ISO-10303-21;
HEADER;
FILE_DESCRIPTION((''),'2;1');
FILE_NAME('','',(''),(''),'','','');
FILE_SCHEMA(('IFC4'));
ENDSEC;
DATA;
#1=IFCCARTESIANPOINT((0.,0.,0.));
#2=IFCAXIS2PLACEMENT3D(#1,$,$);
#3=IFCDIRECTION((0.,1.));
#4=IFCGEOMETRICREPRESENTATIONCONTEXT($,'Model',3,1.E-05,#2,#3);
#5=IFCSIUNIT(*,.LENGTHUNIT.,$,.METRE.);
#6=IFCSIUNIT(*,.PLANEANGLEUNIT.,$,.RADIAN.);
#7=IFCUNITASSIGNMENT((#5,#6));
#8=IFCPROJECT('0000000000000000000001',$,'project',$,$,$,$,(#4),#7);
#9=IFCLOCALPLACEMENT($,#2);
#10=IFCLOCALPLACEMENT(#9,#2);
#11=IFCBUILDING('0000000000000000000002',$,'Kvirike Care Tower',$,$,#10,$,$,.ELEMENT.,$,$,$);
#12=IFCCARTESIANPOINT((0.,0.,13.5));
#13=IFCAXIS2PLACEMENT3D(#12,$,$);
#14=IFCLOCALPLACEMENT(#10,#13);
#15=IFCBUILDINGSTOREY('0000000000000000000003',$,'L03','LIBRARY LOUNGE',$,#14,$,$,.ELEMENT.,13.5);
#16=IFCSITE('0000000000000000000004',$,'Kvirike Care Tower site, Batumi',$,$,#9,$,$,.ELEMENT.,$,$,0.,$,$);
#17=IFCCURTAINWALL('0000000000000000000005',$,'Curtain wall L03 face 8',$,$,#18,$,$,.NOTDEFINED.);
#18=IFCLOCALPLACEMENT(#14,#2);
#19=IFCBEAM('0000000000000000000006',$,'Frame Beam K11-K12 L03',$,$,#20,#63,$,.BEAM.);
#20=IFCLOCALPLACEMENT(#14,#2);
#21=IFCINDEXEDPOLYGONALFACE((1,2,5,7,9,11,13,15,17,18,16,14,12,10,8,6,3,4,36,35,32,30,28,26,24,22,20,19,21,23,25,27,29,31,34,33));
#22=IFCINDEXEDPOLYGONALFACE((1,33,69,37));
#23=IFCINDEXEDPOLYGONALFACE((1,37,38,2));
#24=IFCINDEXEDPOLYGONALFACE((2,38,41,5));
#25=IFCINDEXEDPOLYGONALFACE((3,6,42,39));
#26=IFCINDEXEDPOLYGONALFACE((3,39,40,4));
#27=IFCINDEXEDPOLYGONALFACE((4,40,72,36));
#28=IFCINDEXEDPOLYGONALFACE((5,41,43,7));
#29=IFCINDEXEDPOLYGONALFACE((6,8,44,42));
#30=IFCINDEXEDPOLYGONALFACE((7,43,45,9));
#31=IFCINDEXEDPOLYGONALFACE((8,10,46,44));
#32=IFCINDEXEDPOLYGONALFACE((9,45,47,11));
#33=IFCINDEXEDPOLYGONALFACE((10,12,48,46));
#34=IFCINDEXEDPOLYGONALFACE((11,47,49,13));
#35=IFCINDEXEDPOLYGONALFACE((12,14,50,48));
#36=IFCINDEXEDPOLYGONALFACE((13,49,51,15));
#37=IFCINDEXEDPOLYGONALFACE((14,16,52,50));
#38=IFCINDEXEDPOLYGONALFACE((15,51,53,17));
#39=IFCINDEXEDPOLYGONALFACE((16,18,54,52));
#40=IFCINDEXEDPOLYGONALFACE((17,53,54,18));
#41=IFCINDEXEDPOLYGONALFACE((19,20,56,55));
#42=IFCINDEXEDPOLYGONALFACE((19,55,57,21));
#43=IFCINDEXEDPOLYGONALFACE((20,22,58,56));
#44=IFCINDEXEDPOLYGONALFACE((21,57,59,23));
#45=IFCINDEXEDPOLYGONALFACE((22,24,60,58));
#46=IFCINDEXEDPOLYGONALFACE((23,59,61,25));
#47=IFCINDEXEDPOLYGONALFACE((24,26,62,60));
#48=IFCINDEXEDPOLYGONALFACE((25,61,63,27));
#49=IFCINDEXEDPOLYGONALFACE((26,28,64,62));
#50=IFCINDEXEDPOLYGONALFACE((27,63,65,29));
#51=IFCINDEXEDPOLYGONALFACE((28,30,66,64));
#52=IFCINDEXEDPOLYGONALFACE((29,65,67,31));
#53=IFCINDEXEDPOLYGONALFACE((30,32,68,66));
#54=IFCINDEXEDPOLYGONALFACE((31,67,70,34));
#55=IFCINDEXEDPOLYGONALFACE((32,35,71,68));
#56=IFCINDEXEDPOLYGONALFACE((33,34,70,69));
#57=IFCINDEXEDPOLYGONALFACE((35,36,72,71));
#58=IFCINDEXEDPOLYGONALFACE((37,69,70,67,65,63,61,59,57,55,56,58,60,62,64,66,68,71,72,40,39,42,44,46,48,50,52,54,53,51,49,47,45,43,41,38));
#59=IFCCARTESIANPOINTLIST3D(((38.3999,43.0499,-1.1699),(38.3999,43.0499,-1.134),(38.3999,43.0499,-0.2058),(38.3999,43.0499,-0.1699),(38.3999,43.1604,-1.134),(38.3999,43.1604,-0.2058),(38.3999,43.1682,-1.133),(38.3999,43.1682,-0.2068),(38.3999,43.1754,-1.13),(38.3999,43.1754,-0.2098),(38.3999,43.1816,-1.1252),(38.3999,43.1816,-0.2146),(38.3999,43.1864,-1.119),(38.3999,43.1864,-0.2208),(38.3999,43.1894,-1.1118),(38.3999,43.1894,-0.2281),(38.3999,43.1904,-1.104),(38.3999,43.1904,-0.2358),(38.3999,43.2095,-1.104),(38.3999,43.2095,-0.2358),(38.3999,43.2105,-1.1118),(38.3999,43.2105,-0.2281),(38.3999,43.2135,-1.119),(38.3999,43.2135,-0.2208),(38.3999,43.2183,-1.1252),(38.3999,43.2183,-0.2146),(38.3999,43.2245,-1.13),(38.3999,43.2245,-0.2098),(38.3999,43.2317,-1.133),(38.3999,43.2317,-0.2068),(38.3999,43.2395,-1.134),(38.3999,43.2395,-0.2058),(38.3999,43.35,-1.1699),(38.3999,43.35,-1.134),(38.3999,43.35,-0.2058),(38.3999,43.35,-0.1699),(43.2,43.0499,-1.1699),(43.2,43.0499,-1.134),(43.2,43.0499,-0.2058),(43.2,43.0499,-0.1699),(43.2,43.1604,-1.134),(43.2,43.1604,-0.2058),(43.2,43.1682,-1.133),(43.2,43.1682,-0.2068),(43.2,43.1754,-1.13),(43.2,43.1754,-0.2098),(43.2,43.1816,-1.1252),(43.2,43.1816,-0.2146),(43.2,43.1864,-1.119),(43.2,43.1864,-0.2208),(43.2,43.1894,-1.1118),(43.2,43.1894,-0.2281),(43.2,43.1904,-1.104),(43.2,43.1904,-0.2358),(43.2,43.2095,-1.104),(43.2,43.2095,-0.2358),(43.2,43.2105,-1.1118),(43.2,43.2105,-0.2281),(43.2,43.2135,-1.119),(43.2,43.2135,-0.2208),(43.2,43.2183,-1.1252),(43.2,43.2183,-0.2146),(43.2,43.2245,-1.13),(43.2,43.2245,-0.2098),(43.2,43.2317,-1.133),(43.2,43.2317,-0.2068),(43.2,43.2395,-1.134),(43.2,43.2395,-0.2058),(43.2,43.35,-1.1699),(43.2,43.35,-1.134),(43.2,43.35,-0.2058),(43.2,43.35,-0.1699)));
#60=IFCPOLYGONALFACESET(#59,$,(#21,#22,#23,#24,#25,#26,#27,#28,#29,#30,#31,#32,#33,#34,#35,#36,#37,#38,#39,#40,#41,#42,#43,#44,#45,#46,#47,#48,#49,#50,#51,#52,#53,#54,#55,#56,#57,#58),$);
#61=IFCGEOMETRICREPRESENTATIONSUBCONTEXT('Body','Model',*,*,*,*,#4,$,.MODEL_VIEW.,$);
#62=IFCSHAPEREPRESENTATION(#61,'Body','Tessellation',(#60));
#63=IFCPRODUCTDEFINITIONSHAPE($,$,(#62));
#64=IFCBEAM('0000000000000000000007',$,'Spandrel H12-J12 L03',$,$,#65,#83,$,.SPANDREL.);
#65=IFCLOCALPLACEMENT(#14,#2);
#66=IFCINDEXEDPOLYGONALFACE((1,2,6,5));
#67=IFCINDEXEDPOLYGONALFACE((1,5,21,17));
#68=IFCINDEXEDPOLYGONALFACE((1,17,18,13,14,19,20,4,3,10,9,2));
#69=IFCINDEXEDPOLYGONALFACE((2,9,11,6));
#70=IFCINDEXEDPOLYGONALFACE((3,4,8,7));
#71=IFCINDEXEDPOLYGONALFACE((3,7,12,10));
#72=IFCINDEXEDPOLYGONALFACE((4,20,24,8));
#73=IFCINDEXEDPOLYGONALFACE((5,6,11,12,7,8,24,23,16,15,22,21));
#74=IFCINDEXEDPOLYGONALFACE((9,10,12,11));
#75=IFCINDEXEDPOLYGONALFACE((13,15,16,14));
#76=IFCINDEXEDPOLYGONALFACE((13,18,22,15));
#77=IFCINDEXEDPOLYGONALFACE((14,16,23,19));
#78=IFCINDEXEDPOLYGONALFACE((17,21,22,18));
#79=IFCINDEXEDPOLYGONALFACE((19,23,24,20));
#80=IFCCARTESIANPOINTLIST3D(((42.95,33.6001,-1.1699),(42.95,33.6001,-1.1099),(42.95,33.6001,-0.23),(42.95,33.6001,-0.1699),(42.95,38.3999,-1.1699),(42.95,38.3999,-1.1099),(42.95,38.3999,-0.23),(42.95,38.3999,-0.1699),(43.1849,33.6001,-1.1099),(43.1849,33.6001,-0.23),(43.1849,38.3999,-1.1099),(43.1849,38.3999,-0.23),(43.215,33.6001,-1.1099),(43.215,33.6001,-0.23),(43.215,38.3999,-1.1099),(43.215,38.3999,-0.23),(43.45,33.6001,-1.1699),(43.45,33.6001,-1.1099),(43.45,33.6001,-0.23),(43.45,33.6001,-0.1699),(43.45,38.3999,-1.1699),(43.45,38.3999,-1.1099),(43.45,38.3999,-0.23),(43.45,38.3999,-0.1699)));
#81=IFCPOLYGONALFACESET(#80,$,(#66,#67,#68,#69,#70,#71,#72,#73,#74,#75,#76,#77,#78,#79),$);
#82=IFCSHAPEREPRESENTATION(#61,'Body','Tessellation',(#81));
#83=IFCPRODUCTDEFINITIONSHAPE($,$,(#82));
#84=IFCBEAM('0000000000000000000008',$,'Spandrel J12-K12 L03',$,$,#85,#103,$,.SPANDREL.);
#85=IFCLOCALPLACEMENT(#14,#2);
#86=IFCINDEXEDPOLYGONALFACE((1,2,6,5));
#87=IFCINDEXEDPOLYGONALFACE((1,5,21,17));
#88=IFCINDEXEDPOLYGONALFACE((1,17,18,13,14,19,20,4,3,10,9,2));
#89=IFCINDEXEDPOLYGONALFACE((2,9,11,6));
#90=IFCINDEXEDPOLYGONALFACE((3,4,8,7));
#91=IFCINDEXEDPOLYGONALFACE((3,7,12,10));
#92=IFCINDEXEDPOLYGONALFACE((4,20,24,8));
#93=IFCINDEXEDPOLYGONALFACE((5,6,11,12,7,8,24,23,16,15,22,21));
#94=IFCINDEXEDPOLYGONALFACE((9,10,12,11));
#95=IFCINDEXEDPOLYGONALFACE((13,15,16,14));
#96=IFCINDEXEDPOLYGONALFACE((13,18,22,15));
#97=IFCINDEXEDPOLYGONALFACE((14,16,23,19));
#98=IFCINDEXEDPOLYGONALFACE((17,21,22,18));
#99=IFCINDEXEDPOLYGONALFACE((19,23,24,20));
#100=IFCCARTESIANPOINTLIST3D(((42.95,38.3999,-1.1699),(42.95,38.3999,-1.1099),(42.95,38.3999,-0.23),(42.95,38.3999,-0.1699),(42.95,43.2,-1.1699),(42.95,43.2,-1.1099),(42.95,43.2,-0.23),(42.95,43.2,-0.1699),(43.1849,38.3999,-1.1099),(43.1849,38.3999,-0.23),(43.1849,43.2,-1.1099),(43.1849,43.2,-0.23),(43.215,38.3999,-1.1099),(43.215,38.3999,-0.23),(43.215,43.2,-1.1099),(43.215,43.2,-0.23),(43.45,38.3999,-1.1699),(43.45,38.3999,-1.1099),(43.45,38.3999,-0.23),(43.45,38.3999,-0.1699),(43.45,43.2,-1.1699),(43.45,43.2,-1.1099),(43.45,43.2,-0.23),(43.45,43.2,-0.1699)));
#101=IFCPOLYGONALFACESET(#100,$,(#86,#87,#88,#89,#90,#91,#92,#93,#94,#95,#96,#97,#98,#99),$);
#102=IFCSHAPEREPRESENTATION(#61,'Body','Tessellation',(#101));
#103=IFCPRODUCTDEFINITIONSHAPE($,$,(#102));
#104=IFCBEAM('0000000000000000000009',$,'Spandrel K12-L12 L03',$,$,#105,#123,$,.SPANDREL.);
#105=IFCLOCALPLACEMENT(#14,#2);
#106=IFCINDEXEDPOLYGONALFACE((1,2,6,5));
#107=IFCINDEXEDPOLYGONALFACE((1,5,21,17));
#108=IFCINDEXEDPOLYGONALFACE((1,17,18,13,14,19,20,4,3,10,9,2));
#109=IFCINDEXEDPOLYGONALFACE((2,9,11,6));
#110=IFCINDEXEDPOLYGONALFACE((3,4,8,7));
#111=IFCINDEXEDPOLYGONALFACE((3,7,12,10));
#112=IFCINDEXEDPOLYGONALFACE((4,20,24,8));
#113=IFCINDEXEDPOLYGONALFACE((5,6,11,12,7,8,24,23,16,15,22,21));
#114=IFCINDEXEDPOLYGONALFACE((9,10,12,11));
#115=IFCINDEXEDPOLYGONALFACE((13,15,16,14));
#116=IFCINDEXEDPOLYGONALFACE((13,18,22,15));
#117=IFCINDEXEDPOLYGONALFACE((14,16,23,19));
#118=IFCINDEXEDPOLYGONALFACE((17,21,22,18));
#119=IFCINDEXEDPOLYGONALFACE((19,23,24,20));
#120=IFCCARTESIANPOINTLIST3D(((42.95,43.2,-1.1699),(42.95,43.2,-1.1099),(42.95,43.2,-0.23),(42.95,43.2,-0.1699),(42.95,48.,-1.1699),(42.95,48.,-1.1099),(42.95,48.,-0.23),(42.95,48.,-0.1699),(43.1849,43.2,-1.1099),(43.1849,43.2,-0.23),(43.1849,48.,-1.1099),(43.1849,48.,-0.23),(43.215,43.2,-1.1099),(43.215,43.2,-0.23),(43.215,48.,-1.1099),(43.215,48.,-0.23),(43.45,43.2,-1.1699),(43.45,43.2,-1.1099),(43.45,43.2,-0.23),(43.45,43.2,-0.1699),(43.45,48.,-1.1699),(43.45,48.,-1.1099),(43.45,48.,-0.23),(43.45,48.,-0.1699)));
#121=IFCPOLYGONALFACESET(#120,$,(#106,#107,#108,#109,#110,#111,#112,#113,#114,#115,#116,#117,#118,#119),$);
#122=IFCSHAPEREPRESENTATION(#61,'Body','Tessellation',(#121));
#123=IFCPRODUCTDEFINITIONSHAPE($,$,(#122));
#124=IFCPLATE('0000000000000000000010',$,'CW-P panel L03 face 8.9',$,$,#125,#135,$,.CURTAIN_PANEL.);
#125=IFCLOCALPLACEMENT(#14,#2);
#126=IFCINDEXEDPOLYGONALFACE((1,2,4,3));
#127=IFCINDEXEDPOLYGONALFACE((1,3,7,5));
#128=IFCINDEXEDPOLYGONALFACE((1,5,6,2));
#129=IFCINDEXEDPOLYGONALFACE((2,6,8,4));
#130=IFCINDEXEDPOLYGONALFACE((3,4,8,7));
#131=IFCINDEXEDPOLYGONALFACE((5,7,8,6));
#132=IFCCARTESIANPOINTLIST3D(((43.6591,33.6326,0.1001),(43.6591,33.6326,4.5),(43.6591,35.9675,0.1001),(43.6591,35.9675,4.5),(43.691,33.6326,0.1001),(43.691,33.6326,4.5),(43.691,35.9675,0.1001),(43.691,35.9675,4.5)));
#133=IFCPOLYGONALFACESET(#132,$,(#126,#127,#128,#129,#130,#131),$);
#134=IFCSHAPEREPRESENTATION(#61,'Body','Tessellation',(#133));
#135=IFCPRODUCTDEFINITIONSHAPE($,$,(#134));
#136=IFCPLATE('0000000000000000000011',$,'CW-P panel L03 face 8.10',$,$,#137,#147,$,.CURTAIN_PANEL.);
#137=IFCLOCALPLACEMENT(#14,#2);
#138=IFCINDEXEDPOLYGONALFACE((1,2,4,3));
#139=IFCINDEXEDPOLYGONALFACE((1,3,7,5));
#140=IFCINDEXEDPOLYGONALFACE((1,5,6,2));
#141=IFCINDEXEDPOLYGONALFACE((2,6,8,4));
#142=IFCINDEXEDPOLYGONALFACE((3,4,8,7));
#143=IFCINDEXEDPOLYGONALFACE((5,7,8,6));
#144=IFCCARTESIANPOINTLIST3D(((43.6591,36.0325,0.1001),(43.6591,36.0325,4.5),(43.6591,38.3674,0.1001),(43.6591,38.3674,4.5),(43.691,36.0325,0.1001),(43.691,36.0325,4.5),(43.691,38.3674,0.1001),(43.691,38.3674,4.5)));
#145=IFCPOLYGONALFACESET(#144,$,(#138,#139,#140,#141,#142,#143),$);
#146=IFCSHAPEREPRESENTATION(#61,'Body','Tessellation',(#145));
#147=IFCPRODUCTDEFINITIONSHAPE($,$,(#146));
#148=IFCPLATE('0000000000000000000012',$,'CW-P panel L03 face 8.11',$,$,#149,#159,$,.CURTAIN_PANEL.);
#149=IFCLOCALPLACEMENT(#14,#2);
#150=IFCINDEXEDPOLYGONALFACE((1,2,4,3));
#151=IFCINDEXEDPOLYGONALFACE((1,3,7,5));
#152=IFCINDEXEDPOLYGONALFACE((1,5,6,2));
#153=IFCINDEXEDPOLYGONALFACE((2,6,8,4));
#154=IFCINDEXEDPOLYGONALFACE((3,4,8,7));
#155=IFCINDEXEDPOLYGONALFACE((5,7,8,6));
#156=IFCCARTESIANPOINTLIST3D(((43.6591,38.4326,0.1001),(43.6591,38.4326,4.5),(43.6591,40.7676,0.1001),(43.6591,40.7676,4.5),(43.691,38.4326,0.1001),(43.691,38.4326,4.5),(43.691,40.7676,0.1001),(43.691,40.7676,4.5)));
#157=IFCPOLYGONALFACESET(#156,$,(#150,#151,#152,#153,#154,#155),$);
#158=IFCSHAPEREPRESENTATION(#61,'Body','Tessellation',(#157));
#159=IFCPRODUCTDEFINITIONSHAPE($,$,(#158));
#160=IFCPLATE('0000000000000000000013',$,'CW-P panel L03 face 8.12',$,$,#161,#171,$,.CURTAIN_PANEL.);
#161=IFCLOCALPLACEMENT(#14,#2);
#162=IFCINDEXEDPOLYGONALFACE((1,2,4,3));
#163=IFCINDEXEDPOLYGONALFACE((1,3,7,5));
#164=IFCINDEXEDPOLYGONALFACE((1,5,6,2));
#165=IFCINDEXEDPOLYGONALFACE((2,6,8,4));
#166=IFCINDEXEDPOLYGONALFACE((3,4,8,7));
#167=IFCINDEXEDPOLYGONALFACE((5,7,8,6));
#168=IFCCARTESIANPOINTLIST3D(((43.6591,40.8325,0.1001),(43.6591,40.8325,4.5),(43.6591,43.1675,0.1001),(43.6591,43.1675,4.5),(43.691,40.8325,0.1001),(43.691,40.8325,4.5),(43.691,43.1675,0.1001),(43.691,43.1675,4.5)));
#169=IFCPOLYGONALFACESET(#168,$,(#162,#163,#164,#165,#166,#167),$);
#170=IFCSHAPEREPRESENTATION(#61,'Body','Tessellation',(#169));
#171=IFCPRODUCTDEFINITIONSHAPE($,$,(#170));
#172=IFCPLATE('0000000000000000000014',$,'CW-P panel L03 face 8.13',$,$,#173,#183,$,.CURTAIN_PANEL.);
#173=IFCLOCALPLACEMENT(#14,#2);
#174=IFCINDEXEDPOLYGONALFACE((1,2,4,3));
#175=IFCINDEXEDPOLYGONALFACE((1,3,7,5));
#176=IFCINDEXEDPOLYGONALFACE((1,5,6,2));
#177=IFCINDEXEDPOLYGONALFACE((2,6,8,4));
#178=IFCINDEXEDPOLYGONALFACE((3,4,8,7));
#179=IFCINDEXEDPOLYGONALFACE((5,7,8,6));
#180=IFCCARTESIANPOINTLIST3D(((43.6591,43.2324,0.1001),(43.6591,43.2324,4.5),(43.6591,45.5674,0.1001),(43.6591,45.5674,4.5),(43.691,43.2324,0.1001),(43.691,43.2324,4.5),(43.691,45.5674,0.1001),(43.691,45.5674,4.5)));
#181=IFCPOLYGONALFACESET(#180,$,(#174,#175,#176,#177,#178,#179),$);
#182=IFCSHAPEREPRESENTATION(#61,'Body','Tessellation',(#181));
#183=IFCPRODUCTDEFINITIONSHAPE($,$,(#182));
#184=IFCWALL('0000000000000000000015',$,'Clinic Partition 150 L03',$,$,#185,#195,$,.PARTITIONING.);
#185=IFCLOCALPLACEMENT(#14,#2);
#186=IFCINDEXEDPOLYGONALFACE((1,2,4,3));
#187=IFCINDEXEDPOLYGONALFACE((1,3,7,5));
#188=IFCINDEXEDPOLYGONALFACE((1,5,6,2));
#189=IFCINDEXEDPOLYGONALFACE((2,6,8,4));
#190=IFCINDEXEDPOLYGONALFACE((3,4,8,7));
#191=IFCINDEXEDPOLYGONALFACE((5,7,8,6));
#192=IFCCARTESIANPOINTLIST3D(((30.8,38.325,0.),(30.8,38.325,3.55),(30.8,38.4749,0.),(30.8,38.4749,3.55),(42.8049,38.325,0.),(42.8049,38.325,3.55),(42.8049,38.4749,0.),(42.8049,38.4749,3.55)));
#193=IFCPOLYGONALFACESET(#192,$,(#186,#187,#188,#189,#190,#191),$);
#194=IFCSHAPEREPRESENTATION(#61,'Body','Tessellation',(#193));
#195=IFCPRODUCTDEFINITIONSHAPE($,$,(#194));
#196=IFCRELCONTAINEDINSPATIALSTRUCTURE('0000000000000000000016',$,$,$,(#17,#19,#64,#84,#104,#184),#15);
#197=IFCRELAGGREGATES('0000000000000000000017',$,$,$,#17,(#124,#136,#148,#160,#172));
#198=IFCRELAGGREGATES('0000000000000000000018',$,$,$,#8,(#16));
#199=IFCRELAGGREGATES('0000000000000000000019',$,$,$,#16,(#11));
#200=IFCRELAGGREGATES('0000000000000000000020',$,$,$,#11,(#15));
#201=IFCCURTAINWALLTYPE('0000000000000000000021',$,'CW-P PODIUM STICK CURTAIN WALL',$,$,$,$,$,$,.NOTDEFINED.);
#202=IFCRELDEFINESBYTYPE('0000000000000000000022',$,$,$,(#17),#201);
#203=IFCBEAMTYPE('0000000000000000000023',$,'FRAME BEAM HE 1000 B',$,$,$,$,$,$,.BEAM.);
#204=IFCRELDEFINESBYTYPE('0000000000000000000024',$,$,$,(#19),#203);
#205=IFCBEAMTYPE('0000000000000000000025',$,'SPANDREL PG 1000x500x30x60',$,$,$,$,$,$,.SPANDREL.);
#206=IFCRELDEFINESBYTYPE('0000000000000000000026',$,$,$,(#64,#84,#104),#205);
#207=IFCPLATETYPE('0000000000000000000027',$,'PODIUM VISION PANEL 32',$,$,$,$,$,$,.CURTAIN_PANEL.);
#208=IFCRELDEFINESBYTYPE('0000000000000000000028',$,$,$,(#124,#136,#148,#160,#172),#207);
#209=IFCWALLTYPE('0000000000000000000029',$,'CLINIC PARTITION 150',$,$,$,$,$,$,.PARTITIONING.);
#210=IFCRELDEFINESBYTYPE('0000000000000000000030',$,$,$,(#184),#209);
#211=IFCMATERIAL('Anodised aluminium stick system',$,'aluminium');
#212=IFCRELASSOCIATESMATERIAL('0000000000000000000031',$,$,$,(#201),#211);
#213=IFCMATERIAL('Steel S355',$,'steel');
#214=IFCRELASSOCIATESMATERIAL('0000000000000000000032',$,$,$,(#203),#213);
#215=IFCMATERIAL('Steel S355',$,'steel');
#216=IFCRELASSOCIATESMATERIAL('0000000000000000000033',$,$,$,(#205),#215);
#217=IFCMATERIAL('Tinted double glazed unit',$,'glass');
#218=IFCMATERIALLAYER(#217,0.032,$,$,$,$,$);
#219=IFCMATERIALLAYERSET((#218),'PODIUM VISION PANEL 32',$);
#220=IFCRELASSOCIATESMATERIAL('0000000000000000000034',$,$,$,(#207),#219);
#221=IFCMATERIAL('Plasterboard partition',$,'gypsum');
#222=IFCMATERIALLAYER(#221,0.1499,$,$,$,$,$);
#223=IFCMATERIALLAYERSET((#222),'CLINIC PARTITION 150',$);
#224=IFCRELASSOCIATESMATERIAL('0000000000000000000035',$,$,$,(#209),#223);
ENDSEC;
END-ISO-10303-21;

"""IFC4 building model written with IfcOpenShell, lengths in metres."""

from ifc_helpers import new_model, si_unit, direction, frame, frame_2d, origin, origin_2d, place, context, subcontext, project, spatial, rectangle, i_section, extrude, material, layer, layer_set, material_profile, profile_set, type_object, element, aggregate, save


model = new_model("IFC4")

# Units and contexts
model_context = context("Model", 3, precision=1e-05, world=origin(), true_north=direction((0.0, 1.0)))
body_context = subcontext(model_context, "Body", "Model", "MODEL_VIEW")
ifc_project = project(units=[si_unit("LENGTHUNIT", "METRE"), si_unit("PLANEANGLEUNIT", "RADIAN")], contexts=[model_context])

# Site, building, storey
site_placement = place(None, origin())
site = spatial("IfcSite", under=ifc_project, at=site_placement, Name="Kvirike Care Tower site, Batumi", CompositionType="ELEMENT", RefElevation=0.0)
building_placement = place(site_placement, origin())
building = spatial("IfcBuilding", under=site, at=building_placement, Name="Kvirike Care Tower", CompositionType="ELEMENT")
storey_placement = place(building_placement, frame((0.0, 0.0, 13.5)))
storey = spatial("IfcBuildingStorey", under=building, at=storey_placement, Name="L03", Description="LIBRARY LOUNGE", CompositionType="ELEMENT", Elevation=13.5)

# Curtain wall
ifc_material_1 = material(Name="Anodised aluminium stick system", Category="aluminium")
curtain_wall_type = type_object("IfcCurtainWallType", Name="CW-P PODIUM STICK CURTAIN WALL", PredefinedType="NOTDEFINED", material=ifc_material_1)
curtain_wall_placement = place(storey_placement, origin())
curtain_wall = element("IfcCurtainWall", 1, at=curtain_wall_placement, inside=storey, type_object=curtain_wall_type, Name="Curtain wall L03 face 8", PredefinedType="NOTDEFINED")

# Beams
ifc_material_2 = material(Name="Steel S355", Category="steel")
ifc_material_profile_1 = material_profile(ifc_material_2, i_section(OverallWidth=0.3, OverallDepth=1.0, WebThickness=0.019, FlangeThickness=0.0359, FilletRadius=0.03, at=origin_2d()), Name="HE 1000 B")
ifc_profile_set_1 = profile_set([ifc_material_profile_1], Name="Steel S355")
beam_type_1 = type_object("IfcBeamType", Name="FRAME BEAM HE 1000 B", PredefinedType="BEAM", material=ifc_profile_set_1)
beam_1_placement = place(storey_placement, frame((38.3999, 43.2, -0.6699), z_axis=(1.0, 0.0, 0.0), x_axis=(0.0, 1.0, 0.0)))
element("IfcBeam", 2, at=beam_1_placement, inside=storey, type_object=beam_type_1, Name="Frame Beam K11-K12 L03", PredefinedType="BEAM", context=body_context, shape_type="SweptSolid", body=[
    extrude(i_section(OverallWidth=0.3, OverallDepth=1.0, WebThickness=0.019, FlangeThickness=0.0359, FilletRadius=0.03, at=origin_2d()), origin(), (0.0, 0.0, 1.0), 4.8),
])
ifc_material_3 = material(Name="Steel S355", Category="steel")
ifc_material_profile_2 = material_profile(ifc_material_3, i_section(OverallWidth=0.5, OverallDepth=1.0, WebThickness=0.03, FlangeThickness=0.0601, at=origin_2d()), Name="PG 1000x500x30x60")
ifc_profile_set_2 = profile_set([ifc_material_profile_2], Name="Steel S355")
beam_type_2 = type_object("IfcBeamType", Name="SPANDREL PG 1000x500x30x60", PredefinedType="SPANDREL", material=ifc_profile_set_2)
beam_2_placement = place(storey_placement, frame((43.2, 33.6001, -0.6699), z_axis=(0.0, 1.0, 0.0), x_axis=(-1.0, 0.0, 0.0)))
element("IfcBeam", 3, at=beam_2_placement, inside=storey, type_object=beam_type_2, Name="Spandrel H12-J12 L03", PredefinedType="SPANDREL", context=body_context, shape_type="SweptSolid", body=[
    extrude(i_section(OverallWidth=0.5, OverallDepth=1.0, WebThickness=0.03, FlangeThickness=0.0601, at=origin_2d()), origin(), (0.0, 0.0, 1.0), 4.7998),
])
for number, where, z_axis, x_axis, name in (
    (4, (43.2, 38.3999, -0.6699), (0.0, 1.0, 0.0), (-1.0, 0.0, 0.0), "Spandrel J12-K12 L03"),
    (5, (43.2, 43.2, -0.6699), (0.0, 1.0, 0.0), (-1.0, 0.0, 0.0), "Spandrel K12-L12 L03"),
):
    element("IfcBeam", number, at=place(storey_placement, frame(where, z_axis=z_axis, x_axis=x_axis)), inside=storey, type_object=beam_type_2, Name=name, PredefinedType="SPANDREL", context=body_context, shape_type="SweptSolid", body=[
        extrude(i_section(OverallWidth=0.5, OverallDepth=1.0, WebThickness=0.03, FlangeThickness=0.0601, at=origin_2d()), origin(), (0.0, 0.0, 1.0), 4.8),
    ])

# Plates
ifc_material_4 = material(Name="Tinted double glazed unit", Category="glass")
ifc_layer_1 = layer(ifc_material_4, 0.032)
ifc_layer_set_1 = layer_set([ifc_layer_1], Name="PODIUM VISION PANEL 32")
plate_type = type_object("IfcPlateType", Name="PODIUM VISION PANEL 32", PredefinedType="CURTAIN_PANEL", material=ifc_layer_set_1)
plate_1_placement = place(storey_placement, frame((43.675, 34.8, 0.1001), z_axis=(0.0, 0.0, 1.0), x_axis=(0.0, 1.0, 0.0)))
plate_1 = element("IfcPlate", 6, at=plate_1_placement, type_object=plate_type, Name="CW-P panel L03 face 8.9", PredefinedType="CURTAIN_PANEL", context=body_context, shape_type="SweptSolid", body=[
    extrude(rectangle(XDim=2.335, YDim=0.032, at=origin_2d()), origin(), (0.0, 0.0, 1.0), 4.3999),
])
plate_2_placement = place(storey_placement, frame((43.675, 37.2, 0.1001), z_axis=(0.0, 0.0, 1.0), x_axis=(0.0, 1.0, 0.0)))
plate_2 = element("IfcPlate", 7, at=plate_2_placement, type_object=plate_type, Name="CW-P panel L03 face 8.10", PredefinedType="CURTAIN_PANEL", context=body_context, shape_type="SweptSolid", body=[
    extrude(rectangle(XDim=2.335, YDim=0.032, at=origin_2d()), origin(), (0.0, 0.0, 1.0), 4.3999),
])
plate_3_placement = place(storey_placement, frame((43.675, 39.6001, 0.1001), z_axis=(0.0, 0.0, 1.0), x_axis=(0.0, 1.0, 0.0)))
plate_3 = element("IfcPlate", 8, at=plate_3_placement, type_object=plate_type, Name="CW-P panel L03 face 8.11", PredefinedType="CURTAIN_PANEL", context=body_context, shape_type="SweptSolid", body=[
    extrude(rectangle(XDim=2.335, YDim=0.032, at=origin_2d()), origin(), (0.0, 0.0, 1.0), 4.3999),
])
plate_4_placement = place(storey_placement, frame((43.675, 42.0, 0.1001), z_axis=(0.0, 0.0, 1.0), x_axis=(0.0, 1.0, 0.0)))
plate_4 = element("IfcPlate", 9, at=plate_4_placement, type_object=plate_type, Name="CW-P panel L03 face 8.12", PredefinedType="CURTAIN_PANEL", context=body_context, shape_type="SweptSolid", body=[
    extrude(rectangle(XDim=2.335, YDim=0.032, at=origin_2d()), origin(), (0.0, 0.0, 1.0), 4.3999),
])
plate_5_placement = place(storey_placement, frame((43.675, 44.3999, 0.1001), z_axis=(0.0, 0.0, 1.0), x_axis=(0.0, 1.0, 0.0)))
plate_5 = element("IfcPlate", 10, at=plate_5_placement, type_object=plate_type, Name="CW-P panel L03 face 8.13", PredefinedType="CURTAIN_PANEL", context=body_context, shape_type="SweptSolid", body=[
    extrude(rectangle(XDim=2.335, YDim=0.032, at=origin_2d()), origin(), (0.0, 0.0, 1.0), 4.3999),
])
aggregate(curtain_wall, [plate_1, plate_2, plate_3, plate_4, plate_5])

# Wall
ifc_material_5 = material(Name="Plasterboard partition", Category="gypsum")
ifc_layer_2 = layer(ifc_material_5, 0.1499)
ifc_layer_set_2 = layer_set([ifc_layer_2], Name="CLINIC PARTITION 150")
wall_type = type_object("IfcWallType", Name="CLINIC PARTITION 150", PredefinedType="PARTITIONING", material=ifc_layer_set_2)
wall_1_placement = place(storey_placement, frame((42.8049, 38.3999, 0.0), z_axis=(0.0, 0.0, 1.0), x_axis=(-1.0, 0.0, 0.0)))
element("IfcWall", 11, at=wall_1_placement, inside=storey, type_object=wall_type, Name="Clinic Partition 150 L03", PredefinedType="PARTITIONING", context=body_context, shape_type="SweptSolid", body=[
    extrude(rectangle(XDim=12.0049, YDim=0.1499, at=frame_2d((6.0024, 0.0))), origin(), (0.0, 0.0, 1.0), 3.55),
])

save(model, "model.ifc")
